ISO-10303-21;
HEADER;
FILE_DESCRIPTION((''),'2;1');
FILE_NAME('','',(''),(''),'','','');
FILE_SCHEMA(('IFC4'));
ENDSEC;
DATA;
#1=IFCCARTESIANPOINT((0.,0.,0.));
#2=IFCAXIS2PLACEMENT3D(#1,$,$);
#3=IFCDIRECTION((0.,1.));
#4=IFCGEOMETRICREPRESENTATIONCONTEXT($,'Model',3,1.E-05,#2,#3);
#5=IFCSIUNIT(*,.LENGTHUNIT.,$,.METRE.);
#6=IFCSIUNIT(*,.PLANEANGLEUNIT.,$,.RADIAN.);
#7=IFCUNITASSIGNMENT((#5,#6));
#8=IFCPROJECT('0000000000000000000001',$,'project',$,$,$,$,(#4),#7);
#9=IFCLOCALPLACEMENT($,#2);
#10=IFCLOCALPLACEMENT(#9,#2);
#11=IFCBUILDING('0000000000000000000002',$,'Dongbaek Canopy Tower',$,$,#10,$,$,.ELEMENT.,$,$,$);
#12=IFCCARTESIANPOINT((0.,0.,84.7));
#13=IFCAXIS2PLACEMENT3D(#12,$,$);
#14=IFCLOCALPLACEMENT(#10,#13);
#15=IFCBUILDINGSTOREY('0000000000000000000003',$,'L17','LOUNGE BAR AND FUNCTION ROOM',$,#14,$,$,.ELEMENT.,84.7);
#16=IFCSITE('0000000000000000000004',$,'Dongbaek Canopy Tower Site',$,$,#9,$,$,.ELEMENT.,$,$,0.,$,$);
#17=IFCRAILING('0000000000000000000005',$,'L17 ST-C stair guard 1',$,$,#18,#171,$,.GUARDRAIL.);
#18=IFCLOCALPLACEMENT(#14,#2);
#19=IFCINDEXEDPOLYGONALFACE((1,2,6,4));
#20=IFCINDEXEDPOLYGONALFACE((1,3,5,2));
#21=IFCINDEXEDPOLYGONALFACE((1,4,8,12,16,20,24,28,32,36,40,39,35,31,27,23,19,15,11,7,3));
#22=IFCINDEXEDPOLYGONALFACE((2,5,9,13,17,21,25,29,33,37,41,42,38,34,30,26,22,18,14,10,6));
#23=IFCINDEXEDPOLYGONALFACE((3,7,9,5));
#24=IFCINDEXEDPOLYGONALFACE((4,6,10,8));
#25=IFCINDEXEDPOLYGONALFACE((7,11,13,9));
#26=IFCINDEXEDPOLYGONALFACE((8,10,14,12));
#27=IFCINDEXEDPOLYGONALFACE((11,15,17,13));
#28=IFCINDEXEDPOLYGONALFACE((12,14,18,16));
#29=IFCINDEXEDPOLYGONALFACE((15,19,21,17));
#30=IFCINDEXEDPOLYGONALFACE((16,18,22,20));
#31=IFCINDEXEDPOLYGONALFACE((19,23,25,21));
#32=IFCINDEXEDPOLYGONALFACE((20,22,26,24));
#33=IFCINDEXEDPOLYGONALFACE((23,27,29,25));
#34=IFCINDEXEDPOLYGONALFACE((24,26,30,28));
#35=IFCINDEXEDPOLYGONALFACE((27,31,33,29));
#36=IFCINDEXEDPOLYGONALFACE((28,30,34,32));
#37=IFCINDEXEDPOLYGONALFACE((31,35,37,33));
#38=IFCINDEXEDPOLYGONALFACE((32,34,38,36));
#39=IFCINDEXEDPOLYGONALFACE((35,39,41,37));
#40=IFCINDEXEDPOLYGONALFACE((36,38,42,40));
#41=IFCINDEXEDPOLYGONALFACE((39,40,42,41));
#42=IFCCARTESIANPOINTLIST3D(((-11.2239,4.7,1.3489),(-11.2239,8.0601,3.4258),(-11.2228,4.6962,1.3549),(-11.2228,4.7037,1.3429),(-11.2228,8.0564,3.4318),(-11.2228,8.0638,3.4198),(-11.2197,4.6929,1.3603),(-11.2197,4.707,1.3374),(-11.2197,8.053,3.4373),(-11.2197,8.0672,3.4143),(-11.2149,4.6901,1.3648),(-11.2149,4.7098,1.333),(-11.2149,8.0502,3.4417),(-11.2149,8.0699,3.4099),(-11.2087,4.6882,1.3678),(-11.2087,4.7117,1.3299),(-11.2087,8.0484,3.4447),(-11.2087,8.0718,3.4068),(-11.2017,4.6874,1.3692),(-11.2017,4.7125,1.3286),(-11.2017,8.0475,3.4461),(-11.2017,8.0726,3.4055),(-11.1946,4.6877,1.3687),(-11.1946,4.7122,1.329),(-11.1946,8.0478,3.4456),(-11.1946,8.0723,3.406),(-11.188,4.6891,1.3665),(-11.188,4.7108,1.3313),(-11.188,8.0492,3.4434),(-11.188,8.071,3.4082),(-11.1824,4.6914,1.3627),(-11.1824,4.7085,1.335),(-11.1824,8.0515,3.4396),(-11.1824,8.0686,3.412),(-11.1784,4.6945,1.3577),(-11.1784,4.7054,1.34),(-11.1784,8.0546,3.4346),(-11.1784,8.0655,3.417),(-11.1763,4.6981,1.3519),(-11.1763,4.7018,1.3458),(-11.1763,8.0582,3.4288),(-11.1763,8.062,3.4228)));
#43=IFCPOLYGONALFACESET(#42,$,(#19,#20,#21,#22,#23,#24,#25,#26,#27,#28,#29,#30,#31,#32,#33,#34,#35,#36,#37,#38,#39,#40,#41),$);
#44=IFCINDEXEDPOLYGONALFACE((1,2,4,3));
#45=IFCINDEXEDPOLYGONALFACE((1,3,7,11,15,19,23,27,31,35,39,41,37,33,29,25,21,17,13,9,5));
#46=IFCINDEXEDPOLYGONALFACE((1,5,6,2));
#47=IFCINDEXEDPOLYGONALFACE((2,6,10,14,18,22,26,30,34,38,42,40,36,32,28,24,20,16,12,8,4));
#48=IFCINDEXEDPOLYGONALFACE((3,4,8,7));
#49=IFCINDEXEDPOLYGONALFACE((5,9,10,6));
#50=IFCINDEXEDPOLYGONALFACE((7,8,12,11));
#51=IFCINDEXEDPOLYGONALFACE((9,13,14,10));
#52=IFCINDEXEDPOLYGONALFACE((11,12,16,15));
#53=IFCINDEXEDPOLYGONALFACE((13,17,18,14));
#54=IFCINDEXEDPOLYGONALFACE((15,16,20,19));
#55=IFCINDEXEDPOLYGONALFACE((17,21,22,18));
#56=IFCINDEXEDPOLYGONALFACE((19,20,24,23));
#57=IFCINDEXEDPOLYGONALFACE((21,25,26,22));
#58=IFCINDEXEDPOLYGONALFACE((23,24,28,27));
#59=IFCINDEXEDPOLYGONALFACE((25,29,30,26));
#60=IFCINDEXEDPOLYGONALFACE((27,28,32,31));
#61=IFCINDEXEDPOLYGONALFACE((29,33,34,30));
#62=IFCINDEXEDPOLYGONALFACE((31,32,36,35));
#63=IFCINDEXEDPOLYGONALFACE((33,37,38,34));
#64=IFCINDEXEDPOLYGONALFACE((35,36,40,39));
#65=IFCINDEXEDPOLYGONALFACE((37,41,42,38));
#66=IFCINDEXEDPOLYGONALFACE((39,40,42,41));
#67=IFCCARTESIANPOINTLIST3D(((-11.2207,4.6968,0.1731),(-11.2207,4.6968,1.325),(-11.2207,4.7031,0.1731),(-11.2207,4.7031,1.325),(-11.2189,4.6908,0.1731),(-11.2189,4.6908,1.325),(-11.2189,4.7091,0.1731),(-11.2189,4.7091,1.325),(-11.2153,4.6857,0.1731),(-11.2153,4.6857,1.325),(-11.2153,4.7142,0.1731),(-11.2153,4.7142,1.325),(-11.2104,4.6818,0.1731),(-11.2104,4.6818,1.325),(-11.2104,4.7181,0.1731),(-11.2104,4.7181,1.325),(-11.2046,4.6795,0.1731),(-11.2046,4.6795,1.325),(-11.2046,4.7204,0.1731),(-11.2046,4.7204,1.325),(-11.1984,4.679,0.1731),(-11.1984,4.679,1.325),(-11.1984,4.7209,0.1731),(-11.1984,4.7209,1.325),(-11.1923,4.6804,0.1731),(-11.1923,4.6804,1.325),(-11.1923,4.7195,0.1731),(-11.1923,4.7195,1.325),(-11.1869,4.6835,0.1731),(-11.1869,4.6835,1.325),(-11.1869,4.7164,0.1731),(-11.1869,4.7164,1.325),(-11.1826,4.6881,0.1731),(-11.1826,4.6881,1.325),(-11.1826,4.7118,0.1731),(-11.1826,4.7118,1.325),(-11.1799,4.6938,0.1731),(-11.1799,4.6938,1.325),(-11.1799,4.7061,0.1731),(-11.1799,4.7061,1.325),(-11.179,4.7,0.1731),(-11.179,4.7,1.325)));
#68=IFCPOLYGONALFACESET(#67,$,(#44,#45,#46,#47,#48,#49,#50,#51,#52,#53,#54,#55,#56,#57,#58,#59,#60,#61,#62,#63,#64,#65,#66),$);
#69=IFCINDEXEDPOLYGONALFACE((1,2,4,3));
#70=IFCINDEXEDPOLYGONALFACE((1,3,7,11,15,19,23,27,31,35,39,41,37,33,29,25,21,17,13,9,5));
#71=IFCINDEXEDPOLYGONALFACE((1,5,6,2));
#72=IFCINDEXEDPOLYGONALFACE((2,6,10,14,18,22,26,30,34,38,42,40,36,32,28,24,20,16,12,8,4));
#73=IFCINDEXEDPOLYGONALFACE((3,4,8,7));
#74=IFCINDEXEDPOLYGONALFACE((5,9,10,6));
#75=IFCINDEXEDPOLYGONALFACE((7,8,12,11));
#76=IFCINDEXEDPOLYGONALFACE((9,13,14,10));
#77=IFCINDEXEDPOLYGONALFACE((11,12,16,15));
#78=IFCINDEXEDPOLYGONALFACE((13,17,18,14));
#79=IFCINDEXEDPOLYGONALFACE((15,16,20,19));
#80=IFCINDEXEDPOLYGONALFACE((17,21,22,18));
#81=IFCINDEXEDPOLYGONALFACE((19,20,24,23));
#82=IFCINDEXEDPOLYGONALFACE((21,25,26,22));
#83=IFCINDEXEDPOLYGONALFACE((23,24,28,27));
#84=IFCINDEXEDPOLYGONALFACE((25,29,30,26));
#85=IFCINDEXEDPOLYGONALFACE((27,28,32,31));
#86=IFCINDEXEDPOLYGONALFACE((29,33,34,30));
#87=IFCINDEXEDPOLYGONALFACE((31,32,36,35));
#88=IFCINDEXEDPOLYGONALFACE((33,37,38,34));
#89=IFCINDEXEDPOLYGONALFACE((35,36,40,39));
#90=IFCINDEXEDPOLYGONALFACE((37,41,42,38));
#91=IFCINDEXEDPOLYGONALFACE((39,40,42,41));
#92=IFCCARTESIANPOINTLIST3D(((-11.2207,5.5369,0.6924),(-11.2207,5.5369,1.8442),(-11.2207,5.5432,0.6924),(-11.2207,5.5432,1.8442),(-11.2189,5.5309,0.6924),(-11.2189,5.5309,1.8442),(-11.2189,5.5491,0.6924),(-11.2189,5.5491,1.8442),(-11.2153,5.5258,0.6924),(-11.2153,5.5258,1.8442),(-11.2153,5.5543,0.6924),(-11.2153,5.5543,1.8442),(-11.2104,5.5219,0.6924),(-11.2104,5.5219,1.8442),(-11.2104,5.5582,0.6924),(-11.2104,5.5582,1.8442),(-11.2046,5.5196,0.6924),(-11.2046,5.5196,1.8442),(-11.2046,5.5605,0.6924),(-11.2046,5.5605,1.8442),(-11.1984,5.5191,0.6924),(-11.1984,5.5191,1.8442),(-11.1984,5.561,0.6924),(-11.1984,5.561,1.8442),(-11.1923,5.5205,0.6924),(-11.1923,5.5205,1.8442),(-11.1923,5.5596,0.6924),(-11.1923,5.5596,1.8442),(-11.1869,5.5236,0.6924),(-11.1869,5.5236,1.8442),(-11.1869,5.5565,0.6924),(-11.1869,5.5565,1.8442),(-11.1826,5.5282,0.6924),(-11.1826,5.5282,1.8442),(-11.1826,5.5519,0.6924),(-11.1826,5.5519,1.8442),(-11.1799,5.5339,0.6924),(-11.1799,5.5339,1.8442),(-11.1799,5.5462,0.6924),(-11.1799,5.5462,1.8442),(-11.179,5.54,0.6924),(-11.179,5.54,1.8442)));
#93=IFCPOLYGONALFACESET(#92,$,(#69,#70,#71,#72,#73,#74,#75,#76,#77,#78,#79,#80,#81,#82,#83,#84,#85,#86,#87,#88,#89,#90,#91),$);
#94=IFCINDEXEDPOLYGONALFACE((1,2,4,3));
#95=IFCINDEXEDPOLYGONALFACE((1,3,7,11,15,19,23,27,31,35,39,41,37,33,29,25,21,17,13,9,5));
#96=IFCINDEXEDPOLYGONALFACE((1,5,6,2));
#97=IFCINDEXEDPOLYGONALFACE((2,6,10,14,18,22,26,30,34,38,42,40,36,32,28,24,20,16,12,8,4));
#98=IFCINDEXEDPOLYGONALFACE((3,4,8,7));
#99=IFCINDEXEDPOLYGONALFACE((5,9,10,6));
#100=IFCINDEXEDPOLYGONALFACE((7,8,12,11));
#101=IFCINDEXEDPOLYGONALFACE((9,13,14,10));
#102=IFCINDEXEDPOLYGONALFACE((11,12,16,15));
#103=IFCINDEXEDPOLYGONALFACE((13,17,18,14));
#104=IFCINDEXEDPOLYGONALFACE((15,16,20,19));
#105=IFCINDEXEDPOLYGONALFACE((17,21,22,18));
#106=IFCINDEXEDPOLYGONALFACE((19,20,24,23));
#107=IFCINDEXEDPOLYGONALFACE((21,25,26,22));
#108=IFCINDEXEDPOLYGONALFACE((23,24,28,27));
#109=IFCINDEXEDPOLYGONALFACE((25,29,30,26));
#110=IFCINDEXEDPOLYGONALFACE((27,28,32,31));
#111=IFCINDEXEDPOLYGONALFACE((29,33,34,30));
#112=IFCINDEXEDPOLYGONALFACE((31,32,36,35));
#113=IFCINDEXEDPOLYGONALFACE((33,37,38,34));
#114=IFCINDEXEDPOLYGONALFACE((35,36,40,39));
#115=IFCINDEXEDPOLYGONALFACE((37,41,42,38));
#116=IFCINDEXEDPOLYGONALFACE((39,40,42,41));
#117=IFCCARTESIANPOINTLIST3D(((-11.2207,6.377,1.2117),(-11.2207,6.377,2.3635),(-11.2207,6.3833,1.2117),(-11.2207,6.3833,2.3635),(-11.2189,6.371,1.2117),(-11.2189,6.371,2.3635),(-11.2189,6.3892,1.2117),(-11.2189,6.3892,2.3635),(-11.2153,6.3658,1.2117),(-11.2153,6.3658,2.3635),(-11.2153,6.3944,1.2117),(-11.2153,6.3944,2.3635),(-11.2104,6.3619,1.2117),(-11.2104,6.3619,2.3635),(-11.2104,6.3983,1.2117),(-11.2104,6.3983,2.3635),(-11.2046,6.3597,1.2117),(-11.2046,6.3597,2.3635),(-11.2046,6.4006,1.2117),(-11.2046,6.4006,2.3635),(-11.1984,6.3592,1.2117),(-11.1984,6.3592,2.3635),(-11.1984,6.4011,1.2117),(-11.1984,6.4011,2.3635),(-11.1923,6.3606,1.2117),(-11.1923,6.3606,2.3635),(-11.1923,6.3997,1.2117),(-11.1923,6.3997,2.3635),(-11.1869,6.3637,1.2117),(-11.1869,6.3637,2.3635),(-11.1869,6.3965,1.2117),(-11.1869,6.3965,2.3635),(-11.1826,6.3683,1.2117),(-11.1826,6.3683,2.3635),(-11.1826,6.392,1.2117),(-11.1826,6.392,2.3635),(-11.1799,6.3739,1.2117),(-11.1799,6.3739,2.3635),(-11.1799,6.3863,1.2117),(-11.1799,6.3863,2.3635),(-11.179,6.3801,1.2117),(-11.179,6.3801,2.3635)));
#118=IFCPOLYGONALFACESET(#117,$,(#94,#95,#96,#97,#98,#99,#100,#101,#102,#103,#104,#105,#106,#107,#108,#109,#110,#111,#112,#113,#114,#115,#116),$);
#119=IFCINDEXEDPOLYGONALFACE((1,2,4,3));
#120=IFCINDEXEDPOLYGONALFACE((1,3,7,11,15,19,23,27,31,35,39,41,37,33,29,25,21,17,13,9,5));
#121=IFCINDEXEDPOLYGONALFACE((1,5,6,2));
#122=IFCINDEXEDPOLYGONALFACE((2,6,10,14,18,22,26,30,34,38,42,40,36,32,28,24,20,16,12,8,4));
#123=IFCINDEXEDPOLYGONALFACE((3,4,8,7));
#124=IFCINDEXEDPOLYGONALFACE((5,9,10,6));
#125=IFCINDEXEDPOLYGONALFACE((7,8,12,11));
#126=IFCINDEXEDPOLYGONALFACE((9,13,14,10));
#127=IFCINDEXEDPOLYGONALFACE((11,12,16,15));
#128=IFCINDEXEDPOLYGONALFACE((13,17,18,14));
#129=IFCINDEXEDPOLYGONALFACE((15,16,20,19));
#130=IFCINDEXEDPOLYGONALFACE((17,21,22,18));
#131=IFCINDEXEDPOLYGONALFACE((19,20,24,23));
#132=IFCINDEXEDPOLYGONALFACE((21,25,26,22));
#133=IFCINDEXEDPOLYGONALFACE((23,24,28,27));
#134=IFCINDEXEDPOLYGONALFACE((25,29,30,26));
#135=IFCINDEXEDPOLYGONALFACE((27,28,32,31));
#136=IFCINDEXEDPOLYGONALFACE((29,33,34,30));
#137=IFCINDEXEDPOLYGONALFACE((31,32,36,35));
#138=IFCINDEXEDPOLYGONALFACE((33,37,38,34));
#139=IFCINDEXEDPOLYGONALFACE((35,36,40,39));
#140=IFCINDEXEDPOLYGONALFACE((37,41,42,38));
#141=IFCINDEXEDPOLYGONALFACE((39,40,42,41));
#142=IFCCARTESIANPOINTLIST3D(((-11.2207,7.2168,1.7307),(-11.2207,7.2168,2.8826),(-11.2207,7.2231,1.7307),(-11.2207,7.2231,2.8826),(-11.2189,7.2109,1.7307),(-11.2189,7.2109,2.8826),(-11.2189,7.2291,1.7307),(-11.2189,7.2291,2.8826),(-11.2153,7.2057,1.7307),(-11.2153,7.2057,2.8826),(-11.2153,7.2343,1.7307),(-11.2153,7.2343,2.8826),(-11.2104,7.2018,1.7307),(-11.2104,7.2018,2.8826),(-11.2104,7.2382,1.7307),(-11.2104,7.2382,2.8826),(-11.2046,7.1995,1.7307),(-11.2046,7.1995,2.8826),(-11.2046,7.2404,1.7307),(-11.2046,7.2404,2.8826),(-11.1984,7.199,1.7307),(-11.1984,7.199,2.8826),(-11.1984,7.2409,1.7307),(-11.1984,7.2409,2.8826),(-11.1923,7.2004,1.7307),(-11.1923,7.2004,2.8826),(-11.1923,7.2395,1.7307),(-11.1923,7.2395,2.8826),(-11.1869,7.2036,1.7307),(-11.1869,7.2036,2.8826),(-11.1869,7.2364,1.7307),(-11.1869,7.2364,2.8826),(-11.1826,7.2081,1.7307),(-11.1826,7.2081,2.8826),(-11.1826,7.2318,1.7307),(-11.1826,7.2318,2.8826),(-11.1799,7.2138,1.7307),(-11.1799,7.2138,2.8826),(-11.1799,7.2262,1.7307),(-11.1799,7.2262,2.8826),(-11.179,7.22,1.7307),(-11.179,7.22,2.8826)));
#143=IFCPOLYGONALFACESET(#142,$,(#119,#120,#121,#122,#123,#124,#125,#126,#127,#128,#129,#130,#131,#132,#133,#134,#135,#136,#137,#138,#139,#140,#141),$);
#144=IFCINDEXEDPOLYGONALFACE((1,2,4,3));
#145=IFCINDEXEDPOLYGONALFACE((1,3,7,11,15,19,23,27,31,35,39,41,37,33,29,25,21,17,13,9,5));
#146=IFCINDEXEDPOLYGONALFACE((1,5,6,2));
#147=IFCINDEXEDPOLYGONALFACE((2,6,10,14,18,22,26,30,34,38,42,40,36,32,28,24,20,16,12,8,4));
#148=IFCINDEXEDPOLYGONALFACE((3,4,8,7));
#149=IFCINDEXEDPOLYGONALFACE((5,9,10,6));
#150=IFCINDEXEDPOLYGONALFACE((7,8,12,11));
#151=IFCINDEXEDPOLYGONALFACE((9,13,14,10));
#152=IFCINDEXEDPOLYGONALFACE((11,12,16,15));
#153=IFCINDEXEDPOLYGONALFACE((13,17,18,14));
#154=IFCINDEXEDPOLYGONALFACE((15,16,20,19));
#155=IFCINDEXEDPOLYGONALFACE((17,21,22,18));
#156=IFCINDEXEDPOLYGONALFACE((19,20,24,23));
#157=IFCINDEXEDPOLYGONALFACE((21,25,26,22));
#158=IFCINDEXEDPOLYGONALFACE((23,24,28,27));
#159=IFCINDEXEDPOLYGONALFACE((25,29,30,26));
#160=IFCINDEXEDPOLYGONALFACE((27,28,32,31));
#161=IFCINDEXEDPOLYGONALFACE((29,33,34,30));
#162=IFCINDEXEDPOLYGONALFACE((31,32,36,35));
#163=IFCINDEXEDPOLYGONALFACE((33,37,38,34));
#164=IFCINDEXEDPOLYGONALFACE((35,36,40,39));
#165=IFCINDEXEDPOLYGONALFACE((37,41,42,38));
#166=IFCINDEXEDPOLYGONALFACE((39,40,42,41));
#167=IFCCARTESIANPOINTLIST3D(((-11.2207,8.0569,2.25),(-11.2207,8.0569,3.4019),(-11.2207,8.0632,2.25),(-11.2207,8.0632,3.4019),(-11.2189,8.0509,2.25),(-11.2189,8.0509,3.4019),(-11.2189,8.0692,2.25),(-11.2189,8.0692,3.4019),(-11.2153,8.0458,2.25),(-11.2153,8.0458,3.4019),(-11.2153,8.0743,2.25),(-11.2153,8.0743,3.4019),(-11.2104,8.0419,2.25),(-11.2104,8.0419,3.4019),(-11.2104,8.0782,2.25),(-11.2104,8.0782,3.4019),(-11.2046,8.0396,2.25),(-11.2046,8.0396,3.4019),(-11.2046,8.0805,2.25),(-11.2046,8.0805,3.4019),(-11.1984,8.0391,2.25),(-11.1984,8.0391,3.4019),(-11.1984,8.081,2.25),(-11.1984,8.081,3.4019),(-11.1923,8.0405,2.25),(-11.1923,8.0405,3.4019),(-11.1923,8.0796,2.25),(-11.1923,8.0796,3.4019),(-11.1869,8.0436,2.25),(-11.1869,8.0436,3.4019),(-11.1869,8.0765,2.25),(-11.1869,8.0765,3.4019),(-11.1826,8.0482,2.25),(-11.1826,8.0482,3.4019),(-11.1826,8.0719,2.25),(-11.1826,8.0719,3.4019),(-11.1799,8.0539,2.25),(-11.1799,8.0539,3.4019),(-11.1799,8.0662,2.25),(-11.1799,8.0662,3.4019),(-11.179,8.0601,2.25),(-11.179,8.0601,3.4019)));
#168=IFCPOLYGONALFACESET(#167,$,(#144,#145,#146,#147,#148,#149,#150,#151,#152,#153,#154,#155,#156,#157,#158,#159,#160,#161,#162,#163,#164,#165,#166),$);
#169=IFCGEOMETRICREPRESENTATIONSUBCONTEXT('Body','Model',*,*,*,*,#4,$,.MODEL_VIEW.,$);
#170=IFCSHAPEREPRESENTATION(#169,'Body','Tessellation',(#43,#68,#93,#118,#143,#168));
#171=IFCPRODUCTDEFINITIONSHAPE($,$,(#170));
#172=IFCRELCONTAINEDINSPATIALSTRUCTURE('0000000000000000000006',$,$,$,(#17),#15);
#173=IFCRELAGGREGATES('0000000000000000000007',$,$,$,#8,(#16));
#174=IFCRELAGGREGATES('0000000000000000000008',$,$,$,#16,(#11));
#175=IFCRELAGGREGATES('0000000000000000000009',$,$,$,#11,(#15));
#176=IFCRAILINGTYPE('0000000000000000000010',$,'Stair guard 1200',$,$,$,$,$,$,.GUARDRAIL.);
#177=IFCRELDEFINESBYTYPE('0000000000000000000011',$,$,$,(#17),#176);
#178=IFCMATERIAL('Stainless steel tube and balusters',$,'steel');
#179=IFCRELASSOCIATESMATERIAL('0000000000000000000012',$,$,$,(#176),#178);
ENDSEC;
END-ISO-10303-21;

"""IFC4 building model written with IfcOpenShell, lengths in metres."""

from ifc_helpers import new_model, si_unit, direction, frame, origin, origin_2d, place, context, subcontext, project, spatial, circle, extrude, material, type_object, element, save


model = new_model("IFC4")

# Units and contexts
model_context = context("Model", 3, precision=1e-05, world=origin(), true_north=direction((0.0, 1.0)))
body_context = subcontext(model_context, "Body", "Model", "MODEL_VIEW")
ifc_project = project(units=[si_unit("LENGTHUNIT", "METRE"), si_unit("PLANEANGLEUNIT", "RADIAN")], contexts=[model_context])

# Site, building, storey
site_placement = place(None, origin())
site = spatial("IfcSite", under=ifc_project, at=site_placement, Name="Dongbaek Canopy Tower Site", CompositionType="ELEMENT", RefElevation=0.0)
building_placement = place(site_placement, origin())
building = spatial("IfcBuilding", under=site, at=building_placement, Name="Dongbaek Canopy Tower", CompositionType="ELEMENT")
storey_placement = place(building_placement, frame((0.0, 0.0, 84.7)))
storey = spatial("IfcBuildingStorey", under=building, at=storey_placement, Name="L17", Description="LOUNGE BAR AND FUNCTION ROOM", CompositionType="ELEMENT", Elevation=84.7)

# Railing
ifc_material_1 = material(Name="Stainless steel tube and balusters", Category="steel")
railing_type_1 = type_object("IfcRailingType", Name="Stair guard 1200", PredefinedType="GUARDRAIL", material=ifc_material_1)
railing_1_placement = place(storey_placement, frame((-11.2, 4.7, 0.1731)))
element("IfcRailing", 1, at=railing_1_placement, inside=storey, type_object=railing_type_1, Name="L17 ST-C stair guard 1", PredefinedType="GUARDRAIL", context=body_context, shape_type="SweptSolid", body=[
    extrude(circle(Radius=0.0239, at=origin_2d()), frame((0.0, 0.0, 1.1758), z_axis=(0.0, 0.850623, 0.525776), x_axis=(-1.0, 0.0, 0.0)), (0.0, 0.0, 1.0), 3.9502),
    extrude(circle(Radius=0.021, at=origin_2d()), origin(), (0.0, 0.0, 1.0), 1.1519),
    extrude(circle(Radius=0.021, at=origin_2d()), frame((0.0, 0.8401, 0.5193)), (0.0, 0.0, 1.0), 1.1519),
    extrude(circle(Radius=0.021, at=origin_2d()), frame((0.0, 1.6802, 1.0386)), (0.0, 0.0, 1.0), 1.1519),
    extrude(circle(Radius=0.021, at=origin_2d()), frame((0.0, 2.52, 1.5576)), (0.0, 0.0, 1.0), 1.1519),
    extrude(circle(Radius=0.021, at=origin_2d()), frame((0.0, 3.3601, 2.0769)), (0.0, 0.0, 1.0), 1.1519),
])

save(model, "model.ifc")
